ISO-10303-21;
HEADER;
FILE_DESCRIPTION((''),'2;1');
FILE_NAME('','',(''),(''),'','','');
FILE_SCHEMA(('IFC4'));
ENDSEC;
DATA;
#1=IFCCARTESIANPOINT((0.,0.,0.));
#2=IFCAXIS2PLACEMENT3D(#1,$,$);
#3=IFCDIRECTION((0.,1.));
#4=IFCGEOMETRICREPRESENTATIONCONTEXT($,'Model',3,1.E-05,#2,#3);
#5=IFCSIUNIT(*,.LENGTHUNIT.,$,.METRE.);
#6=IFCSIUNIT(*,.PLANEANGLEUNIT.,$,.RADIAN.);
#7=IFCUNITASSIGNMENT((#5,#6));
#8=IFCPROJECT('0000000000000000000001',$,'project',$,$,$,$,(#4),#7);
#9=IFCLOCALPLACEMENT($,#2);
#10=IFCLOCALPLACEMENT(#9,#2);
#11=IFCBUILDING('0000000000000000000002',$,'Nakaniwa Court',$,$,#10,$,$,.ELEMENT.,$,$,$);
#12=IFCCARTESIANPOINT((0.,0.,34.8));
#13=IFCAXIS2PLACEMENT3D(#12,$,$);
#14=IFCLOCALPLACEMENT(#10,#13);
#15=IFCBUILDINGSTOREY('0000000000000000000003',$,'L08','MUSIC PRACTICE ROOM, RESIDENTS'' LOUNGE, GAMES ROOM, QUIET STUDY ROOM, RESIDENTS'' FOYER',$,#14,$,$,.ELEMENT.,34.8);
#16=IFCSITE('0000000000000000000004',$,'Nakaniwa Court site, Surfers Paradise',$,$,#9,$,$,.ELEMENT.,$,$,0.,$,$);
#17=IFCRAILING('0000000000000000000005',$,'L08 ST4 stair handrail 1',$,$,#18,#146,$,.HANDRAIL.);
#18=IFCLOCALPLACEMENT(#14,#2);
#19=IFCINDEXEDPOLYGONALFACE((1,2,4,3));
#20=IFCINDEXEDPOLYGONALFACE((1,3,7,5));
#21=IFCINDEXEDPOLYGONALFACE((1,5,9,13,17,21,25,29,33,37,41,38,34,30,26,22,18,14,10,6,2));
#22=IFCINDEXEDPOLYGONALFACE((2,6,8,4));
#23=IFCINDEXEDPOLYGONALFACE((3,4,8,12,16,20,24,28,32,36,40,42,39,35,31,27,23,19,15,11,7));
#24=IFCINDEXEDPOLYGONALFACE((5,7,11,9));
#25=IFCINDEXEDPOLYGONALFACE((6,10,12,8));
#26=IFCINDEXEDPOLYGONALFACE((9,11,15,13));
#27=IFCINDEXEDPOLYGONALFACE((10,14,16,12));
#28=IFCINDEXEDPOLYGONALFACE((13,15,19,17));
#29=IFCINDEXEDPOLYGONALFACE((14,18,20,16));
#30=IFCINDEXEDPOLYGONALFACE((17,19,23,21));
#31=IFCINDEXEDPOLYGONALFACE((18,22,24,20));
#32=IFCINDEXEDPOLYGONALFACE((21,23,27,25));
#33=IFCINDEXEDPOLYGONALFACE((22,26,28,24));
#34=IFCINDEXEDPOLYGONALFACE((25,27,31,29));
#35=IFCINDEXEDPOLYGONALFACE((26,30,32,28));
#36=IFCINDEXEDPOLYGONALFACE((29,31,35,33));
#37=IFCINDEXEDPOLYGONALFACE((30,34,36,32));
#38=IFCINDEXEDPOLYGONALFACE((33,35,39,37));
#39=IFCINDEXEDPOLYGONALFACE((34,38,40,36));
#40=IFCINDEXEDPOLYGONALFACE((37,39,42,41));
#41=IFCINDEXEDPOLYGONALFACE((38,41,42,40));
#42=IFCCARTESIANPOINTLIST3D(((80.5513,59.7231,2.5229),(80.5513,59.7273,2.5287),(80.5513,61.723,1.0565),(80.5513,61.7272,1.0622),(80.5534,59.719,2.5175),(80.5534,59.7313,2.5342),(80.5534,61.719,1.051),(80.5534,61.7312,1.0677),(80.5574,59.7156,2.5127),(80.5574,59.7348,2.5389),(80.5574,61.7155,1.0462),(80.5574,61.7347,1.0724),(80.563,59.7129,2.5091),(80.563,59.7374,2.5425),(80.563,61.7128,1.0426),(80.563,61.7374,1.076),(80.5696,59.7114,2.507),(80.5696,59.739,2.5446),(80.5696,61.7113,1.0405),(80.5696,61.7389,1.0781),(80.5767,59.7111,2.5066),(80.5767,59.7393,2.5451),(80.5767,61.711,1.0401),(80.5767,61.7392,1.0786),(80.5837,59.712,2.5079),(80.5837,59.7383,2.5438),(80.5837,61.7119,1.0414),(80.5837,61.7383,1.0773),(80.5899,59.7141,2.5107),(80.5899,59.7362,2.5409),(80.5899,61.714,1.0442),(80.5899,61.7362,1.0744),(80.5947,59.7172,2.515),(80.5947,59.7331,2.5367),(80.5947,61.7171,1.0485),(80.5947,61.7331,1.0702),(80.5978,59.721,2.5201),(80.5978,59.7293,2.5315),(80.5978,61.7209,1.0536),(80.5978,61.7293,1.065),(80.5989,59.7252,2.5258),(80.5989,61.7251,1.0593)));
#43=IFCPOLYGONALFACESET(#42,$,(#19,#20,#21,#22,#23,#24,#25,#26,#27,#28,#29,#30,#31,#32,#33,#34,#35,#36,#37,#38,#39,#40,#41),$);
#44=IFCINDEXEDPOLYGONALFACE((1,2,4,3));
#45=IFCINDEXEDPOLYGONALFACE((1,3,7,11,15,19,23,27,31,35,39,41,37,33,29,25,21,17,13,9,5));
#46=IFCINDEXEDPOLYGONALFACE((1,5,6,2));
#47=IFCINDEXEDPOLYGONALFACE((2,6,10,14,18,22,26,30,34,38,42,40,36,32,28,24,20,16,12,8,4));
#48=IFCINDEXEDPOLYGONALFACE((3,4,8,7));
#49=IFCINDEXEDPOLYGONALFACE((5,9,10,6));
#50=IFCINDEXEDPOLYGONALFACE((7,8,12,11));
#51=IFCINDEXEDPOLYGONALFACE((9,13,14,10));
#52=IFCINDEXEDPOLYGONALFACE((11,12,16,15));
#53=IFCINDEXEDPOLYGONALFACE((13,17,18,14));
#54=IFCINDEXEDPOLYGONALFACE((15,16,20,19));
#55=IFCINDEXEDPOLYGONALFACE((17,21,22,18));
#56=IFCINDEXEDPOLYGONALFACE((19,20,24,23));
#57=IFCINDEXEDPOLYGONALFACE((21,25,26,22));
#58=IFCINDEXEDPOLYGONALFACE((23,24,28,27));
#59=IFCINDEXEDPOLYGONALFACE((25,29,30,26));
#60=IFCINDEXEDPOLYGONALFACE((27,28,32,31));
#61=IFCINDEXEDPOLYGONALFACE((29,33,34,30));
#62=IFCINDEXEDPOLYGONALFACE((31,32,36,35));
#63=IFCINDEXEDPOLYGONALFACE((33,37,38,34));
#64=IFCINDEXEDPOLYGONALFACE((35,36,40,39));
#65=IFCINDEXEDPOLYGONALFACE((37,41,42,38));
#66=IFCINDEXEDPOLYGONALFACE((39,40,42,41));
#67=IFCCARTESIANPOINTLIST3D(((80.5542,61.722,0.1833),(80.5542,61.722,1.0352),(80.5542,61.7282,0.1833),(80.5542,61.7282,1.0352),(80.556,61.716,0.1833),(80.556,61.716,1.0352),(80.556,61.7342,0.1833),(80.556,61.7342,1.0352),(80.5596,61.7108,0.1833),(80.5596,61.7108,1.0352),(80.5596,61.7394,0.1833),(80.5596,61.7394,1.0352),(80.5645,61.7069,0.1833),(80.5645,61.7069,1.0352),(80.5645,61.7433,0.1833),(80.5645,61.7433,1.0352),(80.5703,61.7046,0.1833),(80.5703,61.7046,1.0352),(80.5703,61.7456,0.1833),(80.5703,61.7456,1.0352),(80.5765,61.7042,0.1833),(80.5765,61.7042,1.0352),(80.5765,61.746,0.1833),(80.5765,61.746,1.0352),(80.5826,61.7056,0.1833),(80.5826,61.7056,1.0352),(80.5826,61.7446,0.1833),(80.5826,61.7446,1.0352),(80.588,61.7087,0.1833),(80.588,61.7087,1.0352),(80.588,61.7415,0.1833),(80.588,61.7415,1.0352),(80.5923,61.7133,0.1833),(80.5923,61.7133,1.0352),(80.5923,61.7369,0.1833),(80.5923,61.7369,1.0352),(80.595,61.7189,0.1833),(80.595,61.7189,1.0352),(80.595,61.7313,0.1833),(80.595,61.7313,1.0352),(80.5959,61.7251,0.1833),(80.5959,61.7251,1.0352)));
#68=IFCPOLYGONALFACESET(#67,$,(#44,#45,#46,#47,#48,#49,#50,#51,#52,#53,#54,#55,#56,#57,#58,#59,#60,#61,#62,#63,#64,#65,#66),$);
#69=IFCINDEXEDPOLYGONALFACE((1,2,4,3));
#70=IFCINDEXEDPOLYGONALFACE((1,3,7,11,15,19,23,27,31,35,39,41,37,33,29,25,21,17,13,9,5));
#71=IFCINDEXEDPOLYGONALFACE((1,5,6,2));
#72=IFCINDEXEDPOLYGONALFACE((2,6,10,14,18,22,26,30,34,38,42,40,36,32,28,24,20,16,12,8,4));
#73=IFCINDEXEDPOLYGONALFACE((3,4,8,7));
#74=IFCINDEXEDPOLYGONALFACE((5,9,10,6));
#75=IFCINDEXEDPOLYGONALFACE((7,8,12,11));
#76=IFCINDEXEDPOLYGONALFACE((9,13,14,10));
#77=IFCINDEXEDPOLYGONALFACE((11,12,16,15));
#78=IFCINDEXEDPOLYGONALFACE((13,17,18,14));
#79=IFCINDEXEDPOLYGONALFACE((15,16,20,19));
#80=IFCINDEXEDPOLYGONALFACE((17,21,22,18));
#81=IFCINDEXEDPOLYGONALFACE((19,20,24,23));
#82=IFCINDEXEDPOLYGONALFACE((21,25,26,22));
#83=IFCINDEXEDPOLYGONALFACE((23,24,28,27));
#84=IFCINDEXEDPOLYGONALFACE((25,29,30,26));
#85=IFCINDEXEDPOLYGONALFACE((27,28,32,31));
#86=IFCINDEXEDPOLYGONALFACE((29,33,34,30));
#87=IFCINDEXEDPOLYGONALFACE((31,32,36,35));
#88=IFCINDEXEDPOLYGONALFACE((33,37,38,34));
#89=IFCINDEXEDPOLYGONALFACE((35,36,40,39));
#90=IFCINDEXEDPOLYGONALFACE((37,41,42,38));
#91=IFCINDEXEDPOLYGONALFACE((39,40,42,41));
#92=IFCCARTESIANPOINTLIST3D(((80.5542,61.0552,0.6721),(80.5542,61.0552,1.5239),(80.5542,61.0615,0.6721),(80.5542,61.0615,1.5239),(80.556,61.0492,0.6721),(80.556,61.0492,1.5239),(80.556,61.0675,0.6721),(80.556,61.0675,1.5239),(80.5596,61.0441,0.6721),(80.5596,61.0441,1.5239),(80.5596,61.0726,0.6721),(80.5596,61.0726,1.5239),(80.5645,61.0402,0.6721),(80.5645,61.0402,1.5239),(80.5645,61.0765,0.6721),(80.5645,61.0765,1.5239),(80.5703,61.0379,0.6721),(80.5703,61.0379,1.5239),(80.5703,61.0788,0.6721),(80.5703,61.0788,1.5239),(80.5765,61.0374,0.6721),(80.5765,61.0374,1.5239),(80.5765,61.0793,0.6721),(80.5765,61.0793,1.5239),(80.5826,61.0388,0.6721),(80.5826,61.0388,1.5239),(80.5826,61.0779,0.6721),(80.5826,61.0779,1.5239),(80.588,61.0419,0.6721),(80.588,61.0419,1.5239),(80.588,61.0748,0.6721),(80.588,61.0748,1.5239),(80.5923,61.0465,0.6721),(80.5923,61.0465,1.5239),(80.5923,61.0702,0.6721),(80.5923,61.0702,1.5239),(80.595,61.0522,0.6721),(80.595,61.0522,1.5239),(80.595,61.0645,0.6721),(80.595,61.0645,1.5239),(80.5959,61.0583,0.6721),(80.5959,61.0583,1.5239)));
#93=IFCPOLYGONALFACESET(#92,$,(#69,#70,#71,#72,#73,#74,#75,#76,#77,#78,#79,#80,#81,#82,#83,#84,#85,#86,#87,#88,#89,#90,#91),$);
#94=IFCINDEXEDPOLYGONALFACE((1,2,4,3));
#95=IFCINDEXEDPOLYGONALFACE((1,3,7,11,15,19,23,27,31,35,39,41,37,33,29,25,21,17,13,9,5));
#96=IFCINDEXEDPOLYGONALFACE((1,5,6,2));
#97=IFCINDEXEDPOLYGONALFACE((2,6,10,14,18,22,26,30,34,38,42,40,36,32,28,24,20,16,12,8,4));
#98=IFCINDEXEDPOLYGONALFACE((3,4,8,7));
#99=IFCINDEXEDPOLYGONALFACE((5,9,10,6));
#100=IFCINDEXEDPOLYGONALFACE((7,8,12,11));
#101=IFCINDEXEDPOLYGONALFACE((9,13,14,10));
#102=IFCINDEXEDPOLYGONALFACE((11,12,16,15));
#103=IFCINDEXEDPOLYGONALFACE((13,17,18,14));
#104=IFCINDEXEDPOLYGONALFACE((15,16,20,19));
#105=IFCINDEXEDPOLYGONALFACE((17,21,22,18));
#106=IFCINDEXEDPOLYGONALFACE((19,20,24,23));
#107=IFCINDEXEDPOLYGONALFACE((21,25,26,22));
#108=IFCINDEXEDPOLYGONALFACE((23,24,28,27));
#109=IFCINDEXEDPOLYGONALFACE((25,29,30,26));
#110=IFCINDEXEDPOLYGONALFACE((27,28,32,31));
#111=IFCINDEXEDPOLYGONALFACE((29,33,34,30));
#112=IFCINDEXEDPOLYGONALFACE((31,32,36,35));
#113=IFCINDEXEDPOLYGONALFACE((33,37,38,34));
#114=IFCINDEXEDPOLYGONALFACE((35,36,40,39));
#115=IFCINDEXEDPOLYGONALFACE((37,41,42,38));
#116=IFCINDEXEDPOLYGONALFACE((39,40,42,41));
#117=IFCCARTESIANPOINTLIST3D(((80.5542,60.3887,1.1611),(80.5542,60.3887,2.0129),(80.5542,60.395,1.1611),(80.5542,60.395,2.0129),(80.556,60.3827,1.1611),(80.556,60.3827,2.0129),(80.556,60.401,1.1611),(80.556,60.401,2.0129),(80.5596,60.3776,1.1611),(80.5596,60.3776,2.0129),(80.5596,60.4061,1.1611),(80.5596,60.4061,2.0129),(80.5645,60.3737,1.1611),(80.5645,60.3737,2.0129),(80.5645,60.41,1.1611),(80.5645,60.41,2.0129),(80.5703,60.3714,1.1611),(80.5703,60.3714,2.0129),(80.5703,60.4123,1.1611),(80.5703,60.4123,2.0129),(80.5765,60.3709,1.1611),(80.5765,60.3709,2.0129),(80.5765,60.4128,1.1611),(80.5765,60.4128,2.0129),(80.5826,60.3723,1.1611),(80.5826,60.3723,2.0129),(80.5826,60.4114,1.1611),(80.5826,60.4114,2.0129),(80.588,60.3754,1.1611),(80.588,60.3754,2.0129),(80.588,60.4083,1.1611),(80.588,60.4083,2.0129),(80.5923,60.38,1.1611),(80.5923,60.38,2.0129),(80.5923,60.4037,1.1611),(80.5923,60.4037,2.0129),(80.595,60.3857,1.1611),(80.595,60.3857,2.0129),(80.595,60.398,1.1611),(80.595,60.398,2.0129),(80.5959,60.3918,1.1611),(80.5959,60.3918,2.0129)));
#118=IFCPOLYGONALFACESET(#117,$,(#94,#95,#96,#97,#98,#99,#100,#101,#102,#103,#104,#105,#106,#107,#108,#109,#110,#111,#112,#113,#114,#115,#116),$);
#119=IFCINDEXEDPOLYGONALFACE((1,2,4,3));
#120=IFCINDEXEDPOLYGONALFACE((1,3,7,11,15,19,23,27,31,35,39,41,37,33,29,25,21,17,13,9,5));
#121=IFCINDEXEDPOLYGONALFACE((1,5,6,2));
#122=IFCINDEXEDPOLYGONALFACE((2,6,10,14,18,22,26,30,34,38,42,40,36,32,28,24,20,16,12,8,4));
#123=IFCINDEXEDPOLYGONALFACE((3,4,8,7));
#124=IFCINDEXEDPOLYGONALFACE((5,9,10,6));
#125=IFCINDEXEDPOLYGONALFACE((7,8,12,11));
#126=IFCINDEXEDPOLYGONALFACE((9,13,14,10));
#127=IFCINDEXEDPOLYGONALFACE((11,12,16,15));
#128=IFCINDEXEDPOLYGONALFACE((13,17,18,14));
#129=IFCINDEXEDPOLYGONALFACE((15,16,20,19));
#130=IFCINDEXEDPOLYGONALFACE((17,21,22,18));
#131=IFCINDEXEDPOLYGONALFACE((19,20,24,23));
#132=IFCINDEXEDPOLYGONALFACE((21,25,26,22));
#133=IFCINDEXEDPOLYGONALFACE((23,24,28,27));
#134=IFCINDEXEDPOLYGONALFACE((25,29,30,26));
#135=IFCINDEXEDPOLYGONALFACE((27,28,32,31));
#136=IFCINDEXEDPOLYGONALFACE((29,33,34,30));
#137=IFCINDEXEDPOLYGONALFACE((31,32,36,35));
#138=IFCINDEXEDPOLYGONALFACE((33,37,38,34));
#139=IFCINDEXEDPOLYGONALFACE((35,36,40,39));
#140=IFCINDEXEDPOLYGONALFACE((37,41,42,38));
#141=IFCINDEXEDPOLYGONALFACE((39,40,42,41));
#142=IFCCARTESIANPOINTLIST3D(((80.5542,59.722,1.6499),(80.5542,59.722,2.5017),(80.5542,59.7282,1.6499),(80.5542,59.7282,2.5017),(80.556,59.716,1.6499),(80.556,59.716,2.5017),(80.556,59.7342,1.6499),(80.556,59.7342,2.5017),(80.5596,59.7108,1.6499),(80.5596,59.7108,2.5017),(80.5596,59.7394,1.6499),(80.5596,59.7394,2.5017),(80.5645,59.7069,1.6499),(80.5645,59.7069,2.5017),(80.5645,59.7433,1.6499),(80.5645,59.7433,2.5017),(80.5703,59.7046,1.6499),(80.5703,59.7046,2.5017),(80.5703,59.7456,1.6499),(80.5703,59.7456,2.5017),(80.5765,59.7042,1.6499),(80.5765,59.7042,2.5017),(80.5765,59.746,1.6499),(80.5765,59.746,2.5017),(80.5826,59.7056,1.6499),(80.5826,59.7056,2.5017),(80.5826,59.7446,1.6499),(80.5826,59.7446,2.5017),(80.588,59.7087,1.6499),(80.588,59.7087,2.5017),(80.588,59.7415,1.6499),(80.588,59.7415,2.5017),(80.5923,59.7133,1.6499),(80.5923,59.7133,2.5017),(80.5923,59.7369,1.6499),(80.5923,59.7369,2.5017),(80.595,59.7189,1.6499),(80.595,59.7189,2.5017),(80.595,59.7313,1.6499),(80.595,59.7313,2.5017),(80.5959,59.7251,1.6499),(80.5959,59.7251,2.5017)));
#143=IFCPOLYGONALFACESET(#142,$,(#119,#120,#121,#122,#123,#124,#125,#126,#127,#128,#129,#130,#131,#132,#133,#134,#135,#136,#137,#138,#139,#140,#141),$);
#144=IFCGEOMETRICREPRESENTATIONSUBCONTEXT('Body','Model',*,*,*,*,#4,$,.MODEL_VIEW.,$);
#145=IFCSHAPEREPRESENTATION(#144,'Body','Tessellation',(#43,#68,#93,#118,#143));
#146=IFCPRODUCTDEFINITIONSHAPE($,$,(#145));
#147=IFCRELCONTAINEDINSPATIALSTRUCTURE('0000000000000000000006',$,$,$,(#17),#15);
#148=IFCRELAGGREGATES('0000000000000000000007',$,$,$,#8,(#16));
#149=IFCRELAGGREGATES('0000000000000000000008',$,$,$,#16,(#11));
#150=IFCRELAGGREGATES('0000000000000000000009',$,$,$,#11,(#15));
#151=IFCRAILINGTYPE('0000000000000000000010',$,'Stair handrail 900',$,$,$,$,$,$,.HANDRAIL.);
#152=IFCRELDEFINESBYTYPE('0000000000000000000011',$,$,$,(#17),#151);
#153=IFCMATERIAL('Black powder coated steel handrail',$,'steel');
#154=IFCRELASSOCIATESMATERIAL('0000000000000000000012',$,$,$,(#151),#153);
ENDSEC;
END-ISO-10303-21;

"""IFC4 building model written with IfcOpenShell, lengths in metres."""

from ifc_helpers import new_model, si_unit, direction, frame, origin, origin_2d, place, context, subcontext, project, spatial, circle, extrude, material, type_object, element, save


model = new_model("IFC4")

# Units and contexts
model_context = context("Model", 3, precision=1e-05, world=origin(), true_north=direction((0.0, 1.0)))
body_context = subcontext(model_context, "Body", "Model", "MODEL_VIEW")
ifc_project = project(units=[si_unit("LENGTHUNIT", "METRE"), si_unit("PLANEANGLEUNIT", "RADIAN")], contexts=[model_context])

# Site, building, storey
site_placement = place(None, origin())
site = spatial("IfcSite", under=ifc_project, at=site_placement, Name="Nakaniwa Court site, Surfers Paradise", CompositionType="ELEMENT", RefElevation=0.0)
building_placement = place(site_placement, origin())
building = spatial("IfcBuilding", under=site, at=building_placement, Name="Nakaniwa Court", CompositionType="ELEMENT")
storey_placement = place(building_placement, frame((0.0, 0.0, 34.8)))
storey = spatial("IfcBuildingStorey", under=building, at=storey_placement, Name="L08", Description="MUSIC PRACTICE ROOM, RESIDENTS' LOUNGE, GAMES ROOM, QUIET STUDY ROOM, RESIDENTS' FOYER", CompositionType="ELEMENT", Elevation=34.8)

# Railing
ifc_material_1 = material(Name="Black powder coated steel handrail", Category="steel")
railing_type_1 = type_object("IfcRailingType", Name="Stair handrail 900", PredefinedType="HANDRAIL", material=ifc_material_1)
railing_1_placement = place(storey_placement, frame((80.575, 61.7251, 0.1833)))
element("IfcRailing", 1, at=railing_1_placement, inside=storey, type_object=railing_type_1, Name="L08 ST4 stair handrail 1", PredefinedType="HANDRAIL", context=body_context, shape_type="SweptSolid", body=[
    extrude(circle(Radius=0.0239, at=origin_2d()), frame((0.0, 0.0, 0.876), z_axis=(0.0, -0.806427, 0.591334), x_axis=(1.0, 0.0, 0.0)), (0.0, 0.0, 1.0), 2.48),
    extrude(circle(Radius=0.021, at=origin_2d()), origin(), (0.0, 0.0, 1.0), 0.8518),
    extrude(circle(Radius=0.021, at=origin_2d()), frame((0.0, -0.6667, 0.4888)), (0.0, 0.0, 1.0), 0.8518),
    extrude(circle(Radius=0.021, at=origin_2d()), frame((0.0, -1.3333, 0.9778)), (0.0, 0.0, 1.0), 0.8518),
    extrude(circle(Radius=0.021, at=origin_2d()), frame((0.0, -2.0, 1.4666)), (0.0, 0.0, 1.0), 0.8518),
])

save(model, "model.ifc")
